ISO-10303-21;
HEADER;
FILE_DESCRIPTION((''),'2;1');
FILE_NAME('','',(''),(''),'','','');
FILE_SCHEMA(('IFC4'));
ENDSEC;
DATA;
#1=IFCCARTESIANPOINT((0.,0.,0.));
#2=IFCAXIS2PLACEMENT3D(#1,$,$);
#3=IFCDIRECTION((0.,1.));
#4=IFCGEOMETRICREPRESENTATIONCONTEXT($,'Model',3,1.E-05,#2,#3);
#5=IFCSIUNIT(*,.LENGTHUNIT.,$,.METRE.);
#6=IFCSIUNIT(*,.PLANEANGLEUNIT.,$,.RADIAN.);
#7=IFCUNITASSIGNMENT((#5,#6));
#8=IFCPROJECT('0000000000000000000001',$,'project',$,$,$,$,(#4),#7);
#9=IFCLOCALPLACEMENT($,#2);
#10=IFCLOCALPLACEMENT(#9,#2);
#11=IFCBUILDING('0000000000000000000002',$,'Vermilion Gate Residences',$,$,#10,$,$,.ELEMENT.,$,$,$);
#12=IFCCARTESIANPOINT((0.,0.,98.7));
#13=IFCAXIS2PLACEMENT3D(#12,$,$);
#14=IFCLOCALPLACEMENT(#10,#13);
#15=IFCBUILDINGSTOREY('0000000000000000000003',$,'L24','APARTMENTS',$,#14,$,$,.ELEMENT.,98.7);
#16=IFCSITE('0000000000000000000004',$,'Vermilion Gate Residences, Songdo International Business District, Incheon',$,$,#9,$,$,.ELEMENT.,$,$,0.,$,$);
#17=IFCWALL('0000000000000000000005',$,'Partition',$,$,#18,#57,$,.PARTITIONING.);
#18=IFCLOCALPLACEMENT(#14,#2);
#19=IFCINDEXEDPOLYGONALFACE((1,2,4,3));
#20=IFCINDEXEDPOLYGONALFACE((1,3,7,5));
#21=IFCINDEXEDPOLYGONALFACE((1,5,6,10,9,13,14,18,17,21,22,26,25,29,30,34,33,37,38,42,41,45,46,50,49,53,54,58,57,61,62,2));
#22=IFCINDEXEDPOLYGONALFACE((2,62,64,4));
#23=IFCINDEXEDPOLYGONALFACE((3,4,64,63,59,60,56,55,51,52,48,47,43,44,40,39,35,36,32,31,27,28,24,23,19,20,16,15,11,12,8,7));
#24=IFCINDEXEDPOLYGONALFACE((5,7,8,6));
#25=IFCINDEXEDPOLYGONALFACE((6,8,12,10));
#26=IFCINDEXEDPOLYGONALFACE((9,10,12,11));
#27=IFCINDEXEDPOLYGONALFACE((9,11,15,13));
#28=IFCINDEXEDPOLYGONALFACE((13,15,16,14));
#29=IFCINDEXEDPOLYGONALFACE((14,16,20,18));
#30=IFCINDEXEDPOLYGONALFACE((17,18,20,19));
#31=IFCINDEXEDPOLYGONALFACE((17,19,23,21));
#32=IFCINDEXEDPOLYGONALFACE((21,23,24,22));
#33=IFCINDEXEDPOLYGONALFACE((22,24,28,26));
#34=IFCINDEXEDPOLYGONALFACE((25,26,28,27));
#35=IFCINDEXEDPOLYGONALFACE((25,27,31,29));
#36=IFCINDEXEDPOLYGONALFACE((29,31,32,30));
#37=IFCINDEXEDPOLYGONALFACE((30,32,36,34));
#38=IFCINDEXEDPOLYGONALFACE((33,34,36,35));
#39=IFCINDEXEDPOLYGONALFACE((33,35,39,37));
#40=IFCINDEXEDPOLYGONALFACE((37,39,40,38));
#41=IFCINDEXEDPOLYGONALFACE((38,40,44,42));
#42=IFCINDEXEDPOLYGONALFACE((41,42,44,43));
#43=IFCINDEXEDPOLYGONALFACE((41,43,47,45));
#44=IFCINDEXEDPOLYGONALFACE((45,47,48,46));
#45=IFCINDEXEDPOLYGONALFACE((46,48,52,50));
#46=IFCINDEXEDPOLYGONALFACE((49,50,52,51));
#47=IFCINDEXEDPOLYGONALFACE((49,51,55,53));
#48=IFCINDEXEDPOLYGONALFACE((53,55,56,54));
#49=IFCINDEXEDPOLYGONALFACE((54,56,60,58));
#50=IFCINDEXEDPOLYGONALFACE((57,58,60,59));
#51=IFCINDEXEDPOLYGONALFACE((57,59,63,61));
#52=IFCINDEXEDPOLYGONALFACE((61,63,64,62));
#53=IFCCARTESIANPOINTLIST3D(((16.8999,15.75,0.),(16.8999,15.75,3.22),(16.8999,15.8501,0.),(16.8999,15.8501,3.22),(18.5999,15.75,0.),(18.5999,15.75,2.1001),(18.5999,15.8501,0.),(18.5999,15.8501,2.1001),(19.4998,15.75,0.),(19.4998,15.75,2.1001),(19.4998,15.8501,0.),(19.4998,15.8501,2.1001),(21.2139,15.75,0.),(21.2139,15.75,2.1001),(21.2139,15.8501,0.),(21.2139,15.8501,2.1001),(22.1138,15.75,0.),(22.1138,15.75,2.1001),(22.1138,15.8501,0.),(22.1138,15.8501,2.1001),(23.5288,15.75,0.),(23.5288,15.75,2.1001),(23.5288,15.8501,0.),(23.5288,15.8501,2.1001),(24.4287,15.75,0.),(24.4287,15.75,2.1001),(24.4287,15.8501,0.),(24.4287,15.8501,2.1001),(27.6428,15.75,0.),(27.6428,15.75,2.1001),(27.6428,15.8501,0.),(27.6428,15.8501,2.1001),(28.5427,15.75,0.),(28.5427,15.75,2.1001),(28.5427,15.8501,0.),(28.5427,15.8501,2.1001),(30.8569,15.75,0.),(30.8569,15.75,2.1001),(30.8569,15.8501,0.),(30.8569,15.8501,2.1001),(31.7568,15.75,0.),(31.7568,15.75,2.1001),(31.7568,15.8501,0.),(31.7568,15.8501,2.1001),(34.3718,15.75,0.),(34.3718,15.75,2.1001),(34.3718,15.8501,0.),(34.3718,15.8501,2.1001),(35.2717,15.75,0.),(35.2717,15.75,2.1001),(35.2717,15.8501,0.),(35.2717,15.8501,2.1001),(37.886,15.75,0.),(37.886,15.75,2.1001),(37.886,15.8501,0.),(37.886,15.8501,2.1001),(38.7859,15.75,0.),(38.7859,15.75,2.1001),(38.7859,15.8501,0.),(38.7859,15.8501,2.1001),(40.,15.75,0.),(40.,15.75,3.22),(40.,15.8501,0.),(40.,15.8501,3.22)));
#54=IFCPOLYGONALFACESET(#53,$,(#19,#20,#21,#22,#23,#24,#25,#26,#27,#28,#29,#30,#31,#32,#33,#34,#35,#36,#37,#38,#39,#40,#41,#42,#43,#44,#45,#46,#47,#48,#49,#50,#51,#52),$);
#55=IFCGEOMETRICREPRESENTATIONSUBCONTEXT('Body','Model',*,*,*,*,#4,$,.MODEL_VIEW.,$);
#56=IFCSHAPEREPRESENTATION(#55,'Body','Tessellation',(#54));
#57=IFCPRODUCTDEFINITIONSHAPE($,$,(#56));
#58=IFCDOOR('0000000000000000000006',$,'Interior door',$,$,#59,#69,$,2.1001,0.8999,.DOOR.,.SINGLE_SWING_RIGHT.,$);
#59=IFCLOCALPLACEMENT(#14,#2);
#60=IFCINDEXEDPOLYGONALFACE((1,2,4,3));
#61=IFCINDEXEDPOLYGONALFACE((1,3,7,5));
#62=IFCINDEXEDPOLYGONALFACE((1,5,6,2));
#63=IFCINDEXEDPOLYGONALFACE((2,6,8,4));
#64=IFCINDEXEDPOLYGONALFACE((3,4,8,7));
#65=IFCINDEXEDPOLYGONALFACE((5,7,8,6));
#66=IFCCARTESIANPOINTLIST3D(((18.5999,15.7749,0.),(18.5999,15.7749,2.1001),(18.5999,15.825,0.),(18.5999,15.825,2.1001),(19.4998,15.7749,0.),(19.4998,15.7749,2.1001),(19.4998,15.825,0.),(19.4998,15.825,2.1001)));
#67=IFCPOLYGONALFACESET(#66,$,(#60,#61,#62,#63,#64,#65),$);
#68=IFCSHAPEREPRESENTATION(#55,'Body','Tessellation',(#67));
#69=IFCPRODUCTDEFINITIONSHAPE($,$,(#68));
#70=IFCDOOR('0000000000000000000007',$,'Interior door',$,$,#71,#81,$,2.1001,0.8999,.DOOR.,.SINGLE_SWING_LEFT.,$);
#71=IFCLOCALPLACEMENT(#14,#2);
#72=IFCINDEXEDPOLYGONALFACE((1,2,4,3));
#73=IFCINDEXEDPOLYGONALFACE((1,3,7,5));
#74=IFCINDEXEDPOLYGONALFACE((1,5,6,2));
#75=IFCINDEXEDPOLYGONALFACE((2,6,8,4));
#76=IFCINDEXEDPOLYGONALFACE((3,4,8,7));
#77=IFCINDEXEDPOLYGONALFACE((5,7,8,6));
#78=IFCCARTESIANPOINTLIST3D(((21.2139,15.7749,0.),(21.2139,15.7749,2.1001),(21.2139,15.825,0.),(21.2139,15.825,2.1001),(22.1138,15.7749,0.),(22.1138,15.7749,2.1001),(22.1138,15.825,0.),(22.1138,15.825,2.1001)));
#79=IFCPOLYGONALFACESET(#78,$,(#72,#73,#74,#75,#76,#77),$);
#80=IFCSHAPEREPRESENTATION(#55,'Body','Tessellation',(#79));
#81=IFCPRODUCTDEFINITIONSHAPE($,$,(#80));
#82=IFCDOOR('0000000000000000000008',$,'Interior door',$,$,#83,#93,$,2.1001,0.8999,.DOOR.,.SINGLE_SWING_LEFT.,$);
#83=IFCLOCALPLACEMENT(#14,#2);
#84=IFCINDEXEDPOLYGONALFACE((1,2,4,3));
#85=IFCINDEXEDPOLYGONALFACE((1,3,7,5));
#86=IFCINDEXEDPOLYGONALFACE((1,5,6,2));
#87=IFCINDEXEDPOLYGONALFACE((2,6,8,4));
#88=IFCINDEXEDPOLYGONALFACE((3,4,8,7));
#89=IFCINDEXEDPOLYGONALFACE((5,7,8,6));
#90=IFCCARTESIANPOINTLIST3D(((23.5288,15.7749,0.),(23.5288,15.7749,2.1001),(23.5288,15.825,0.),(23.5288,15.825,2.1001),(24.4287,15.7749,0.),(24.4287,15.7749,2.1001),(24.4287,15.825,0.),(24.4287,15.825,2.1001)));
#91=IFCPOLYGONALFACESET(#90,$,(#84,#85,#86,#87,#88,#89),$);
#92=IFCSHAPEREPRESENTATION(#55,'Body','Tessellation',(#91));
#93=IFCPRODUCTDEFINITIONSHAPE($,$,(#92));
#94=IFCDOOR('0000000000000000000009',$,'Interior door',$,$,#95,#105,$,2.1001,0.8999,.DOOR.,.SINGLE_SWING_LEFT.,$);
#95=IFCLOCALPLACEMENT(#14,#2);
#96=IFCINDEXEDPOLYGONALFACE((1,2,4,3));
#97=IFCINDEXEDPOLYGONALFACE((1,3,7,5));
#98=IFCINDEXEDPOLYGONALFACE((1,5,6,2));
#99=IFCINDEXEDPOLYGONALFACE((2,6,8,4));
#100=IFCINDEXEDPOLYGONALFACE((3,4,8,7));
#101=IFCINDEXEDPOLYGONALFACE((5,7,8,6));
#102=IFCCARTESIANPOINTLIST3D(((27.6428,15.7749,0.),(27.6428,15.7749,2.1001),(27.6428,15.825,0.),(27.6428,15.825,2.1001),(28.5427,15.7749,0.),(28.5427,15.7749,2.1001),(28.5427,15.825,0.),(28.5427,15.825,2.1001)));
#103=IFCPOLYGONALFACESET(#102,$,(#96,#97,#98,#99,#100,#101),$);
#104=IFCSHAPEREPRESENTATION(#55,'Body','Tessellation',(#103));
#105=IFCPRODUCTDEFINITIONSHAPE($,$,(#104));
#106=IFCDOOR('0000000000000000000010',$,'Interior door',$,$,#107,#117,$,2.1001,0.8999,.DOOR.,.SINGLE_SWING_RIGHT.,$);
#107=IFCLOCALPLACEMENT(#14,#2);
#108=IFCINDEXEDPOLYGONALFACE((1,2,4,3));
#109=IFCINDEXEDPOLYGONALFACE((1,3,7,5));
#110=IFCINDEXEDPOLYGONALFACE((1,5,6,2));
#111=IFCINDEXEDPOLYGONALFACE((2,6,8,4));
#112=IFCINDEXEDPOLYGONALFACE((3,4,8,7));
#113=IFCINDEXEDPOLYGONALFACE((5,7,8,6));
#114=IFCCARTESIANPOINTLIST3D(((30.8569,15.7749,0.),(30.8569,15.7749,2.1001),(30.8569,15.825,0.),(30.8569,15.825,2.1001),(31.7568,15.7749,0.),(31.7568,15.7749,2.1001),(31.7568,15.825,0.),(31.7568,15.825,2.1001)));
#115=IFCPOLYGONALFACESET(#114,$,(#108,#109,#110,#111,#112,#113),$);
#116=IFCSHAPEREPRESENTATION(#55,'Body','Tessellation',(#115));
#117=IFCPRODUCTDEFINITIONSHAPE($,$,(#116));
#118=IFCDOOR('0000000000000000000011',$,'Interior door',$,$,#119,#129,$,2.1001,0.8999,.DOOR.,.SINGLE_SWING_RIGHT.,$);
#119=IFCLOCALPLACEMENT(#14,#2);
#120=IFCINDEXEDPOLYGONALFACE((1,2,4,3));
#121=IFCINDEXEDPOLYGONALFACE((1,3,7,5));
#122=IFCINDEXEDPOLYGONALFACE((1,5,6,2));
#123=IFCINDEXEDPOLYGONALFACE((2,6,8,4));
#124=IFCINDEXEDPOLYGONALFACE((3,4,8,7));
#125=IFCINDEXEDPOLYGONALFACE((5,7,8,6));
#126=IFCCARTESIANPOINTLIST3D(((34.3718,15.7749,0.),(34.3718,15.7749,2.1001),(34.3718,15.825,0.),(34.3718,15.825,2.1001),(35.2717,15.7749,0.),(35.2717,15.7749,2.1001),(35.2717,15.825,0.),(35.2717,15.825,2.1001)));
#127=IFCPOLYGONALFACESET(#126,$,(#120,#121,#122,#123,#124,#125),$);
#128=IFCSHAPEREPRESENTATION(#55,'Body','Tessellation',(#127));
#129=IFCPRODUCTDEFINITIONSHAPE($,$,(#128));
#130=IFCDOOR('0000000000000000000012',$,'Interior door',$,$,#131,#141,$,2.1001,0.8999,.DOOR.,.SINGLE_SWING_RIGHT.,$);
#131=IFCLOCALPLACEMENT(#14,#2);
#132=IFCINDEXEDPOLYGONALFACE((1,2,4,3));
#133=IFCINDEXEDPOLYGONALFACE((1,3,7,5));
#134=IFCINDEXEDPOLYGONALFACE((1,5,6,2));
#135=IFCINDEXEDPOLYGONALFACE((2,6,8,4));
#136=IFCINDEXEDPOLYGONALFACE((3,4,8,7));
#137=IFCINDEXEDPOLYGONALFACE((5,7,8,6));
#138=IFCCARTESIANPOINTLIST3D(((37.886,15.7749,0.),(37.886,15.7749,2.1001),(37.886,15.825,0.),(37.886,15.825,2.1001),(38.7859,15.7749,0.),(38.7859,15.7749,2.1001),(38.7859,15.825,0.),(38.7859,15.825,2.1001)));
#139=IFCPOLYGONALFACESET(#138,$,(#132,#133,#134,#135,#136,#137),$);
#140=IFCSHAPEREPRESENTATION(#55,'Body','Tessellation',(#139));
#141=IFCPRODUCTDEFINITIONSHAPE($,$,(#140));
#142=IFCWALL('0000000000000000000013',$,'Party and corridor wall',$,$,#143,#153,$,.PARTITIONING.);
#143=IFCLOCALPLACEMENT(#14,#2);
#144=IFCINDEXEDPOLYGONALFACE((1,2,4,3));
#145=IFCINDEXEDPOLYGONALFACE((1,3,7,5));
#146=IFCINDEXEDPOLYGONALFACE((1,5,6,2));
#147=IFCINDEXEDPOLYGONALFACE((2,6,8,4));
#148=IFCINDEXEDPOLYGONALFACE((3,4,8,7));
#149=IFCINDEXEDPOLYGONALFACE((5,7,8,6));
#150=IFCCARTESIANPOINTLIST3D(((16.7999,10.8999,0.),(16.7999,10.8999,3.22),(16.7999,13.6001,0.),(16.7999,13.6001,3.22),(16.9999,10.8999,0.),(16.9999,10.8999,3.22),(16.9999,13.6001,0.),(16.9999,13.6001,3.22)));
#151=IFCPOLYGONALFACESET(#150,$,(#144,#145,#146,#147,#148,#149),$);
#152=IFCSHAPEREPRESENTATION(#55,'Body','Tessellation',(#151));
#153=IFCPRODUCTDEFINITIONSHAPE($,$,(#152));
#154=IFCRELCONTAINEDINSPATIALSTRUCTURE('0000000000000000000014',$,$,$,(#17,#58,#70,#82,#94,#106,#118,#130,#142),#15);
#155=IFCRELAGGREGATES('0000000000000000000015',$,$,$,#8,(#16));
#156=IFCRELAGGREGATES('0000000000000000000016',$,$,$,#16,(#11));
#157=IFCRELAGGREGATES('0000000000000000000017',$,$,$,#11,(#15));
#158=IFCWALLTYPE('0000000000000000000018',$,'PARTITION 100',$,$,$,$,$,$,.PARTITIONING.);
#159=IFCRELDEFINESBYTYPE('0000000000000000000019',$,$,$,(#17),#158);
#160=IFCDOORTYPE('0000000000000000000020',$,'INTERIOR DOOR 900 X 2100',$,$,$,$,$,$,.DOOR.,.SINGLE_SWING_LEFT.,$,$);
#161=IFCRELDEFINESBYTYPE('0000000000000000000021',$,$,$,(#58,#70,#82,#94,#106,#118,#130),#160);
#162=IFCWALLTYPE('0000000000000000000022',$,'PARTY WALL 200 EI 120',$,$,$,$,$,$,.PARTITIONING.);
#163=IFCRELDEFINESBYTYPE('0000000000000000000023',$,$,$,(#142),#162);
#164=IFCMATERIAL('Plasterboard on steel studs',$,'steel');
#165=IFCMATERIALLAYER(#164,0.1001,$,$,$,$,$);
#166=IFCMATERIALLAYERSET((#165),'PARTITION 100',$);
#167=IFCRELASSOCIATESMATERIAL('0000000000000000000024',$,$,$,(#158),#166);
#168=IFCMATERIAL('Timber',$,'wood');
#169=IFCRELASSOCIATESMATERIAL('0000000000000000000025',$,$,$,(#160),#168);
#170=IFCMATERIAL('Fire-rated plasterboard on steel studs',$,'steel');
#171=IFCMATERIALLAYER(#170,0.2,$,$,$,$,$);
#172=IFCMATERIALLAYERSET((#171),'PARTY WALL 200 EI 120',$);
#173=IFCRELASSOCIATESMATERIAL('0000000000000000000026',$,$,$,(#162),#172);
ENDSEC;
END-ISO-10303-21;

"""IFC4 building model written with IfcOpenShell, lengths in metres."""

from ifc_helpers import new_model, si_unit, direction, frame, frame_2d, origin, place, context, subcontext, project, spatial, rectangle, extrude, material, layer, layer_set, type_object, element, fill, save


model = new_model("IFC4")

# Units and contexts
model_context = context("Model", 3, precision=1e-05, world=origin(), true_north=direction((0.0, 1.0)))
body_context = subcontext(model_context, "Body", "Model", "MODEL_VIEW")
ifc_project = project(units=[si_unit("LENGTHUNIT", "METRE"), si_unit("PLANEANGLEUNIT", "RADIAN")], contexts=[model_context])

# Site, building, storey
site_placement = place(None, origin())
site = spatial("IfcSite", under=ifc_project, at=site_placement, Name="Vermilion Gate Residences, Songdo International Business District, Incheon", CompositionType="ELEMENT", RefElevation=0.0)
building_placement = place(site_placement, origin())
building = spatial("IfcBuilding", under=site, at=building_placement, Name="Vermilion Gate Residences", CompositionType="ELEMENT")
storey_placement = place(building_placement, frame((0.0, 0.0, 98.7)))
storey = spatial("IfcBuildingStorey", under=building, at=storey_placement, Name="L24", Description="APARTMENTS", CompositionType="ELEMENT", Elevation=98.7)

# Wall, openings, doors
ifc_material_1 = material(Name="Plasterboard on steel studs", Category="steel")
ifc_layer_1 = layer(ifc_material_1, 0.1001)
ifc_layer_set_1 = layer_set([ifc_layer_1], Name="PARTITION 100")
wall_type_1 = type_object("IfcWallType", Name="PARTITION 100", PredefinedType="PARTITIONING", material=ifc_layer_set_1)
ifc_material_2 = material(Name="Timber", Category="wood")
door_type_1 = type_object("IfcDoorType", Name="INTERIOR DOOR 900 X 2100", OperationType="SINGLE_SWING_LEFT", PredefinedType="DOOR", material=ifc_material_2)
wall_1_placement = place(storey_placement, frame((16.8999, 15.8, 0.0), z_axis=(0.0, 0.0, 1.0), x_axis=(1.0, 0.0, 0.0)))
wall_1 = element("IfcWall", 1, at=wall_1_placement, inside=storey, type_object=wall_type_1, Name="Partition", PredefinedType="PARTITIONING", context=body_context, shape_type="SweptSolid", body=[
    extrude(rectangle(XDim=23.1001, YDim=0.1001, at=frame_2d((11.55, 0.0))), origin(), (0.0, 0.0, 1.0), 3.22),
])
opening_1_placement = place(wall_1_placement, frame((1.7, 0.0, 0.0)))
opening_1 = element("IfcOpeningElement", 2, at=opening_1_placement, cuts=wall_1, PredefinedType="OPENING", context=body_context, shape_type="SweptSolid", body=[
    extrude(rectangle(XDim=0.8999, YDim=2.1001, at=frame_2d((0.45, 1.05))), frame((0.0, 0.0601, 0.0), z_axis=(0.0, -1.0, 0.0), x_axis=(1.0, 0.0, 0.0)), (0.0, 0.0, 1.0), 0.1201),
])
opening_2_placement = place(wall_1_placement, frame((4.314, 0.0, 0.0)))
opening_2 = element("IfcOpeningElement", 3, at=opening_2_placement, cuts=wall_1, PredefinedType="OPENING", context=body_context, shape_type="SweptSolid", body=[
    extrude(rectangle(XDim=0.8999, YDim=2.1001, at=frame_2d((0.45, 1.05))), frame((0.0, 0.0601, 0.0), z_axis=(0.0, -1.0, 0.0), x_axis=(1.0, 0.0, 0.0)), (0.0, 0.0, 1.0), 0.1201),
])
opening_3_placement = place(wall_1_placement, frame((6.6289, 0.0, 0.0)))
opening_3 = element("IfcOpeningElement", 4, at=opening_3_placement, cuts=wall_1, PredefinedType="OPENING", context=body_context, shape_type="SweptSolid", body=[
    extrude(rectangle(XDim=0.8999, YDim=2.1001, at=frame_2d((0.45, 1.05))), frame((0.0, 0.0601, 0.0), z_axis=(0.0, -1.0, 0.0), x_axis=(1.0, 0.0, 0.0)), (0.0, 0.0, 1.0), 0.1201),
])
opening_4_placement = place(wall_1_placement, frame((10.7429, 0.0, 0.0)))
opening_4 = element("IfcOpeningElement", 5, at=opening_4_placement, cuts=wall_1, PredefinedType="OPENING", context=body_context, shape_type="SweptSolid", body=[
    extrude(rectangle(XDim=0.8999, YDim=2.1001, at=frame_2d((0.45, 1.05))), frame((0.0, 0.0601, 0.0), z_axis=(0.0, -1.0, 0.0), x_axis=(1.0, 0.0, 0.0)), (0.0, 0.0, 1.0), 0.1201),
])
opening_5_placement = place(wall_1_placement, frame((13.957, 0.0, 0.0)))
opening_5 = element("IfcOpeningElement", 6, at=opening_5_placement, cuts=wall_1, PredefinedType="OPENING", context=body_context, shape_type="SweptSolid", body=[
    extrude(rectangle(XDim=0.8999, YDim=2.1001, at=frame_2d((0.45, 1.05))), frame((0.0, 0.0601, 0.0), z_axis=(0.0, -1.0, 0.0), x_axis=(1.0, 0.0, 0.0)), (0.0, 0.0, 1.0), 0.1201),
])
opening_6_placement = place(wall_1_placement, frame((17.4719, 0.0, 0.0)))
opening_6 = element("IfcOpeningElement", 7, at=opening_6_placement, cuts=wall_1, PredefinedType="OPENING", context=body_context, shape_type="SweptSolid", body=[
    extrude(rectangle(XDim=0.8999, YDim=2.1001, at=frame_2d((0.45, 1.05))), frame((0.0, 0.0601, 0.0), z_axis=(0.0, -1.0, 0.0), x_axis=(1.0, 0.0, 0.0)), (0.0, 0.0, 1.0), 0.1201),
])
opening_7_placement = place(wall_1_placement, frame((20.9861, 0.0, 0.0)))
opening_7 = element("IfcOpeningElement", 8, at=opening_7_placement, cuts=wall_1, PredefinedType="OPENING", context=body_context, shape_type="SweptSolid", body=[
    extrude(rectangle(XDim=0.8999, YDim=2.1001, at=frame_2d((0.45, 1.05))), frame((0.0, 0.0601, 0.0), z_axis=(0.0, -1.0, 0.0), x_axis=(1.0, 0.0, 0.0)), (0.0, 0.0, 1.0), 0.1201),
])
door_1_placement = place(opening_1_placement, origin())
door_1 = element("IfcDoor", 9, at=door_1_placement, inside=storey, type_object=door_type_1, Name="Interior door", OperationType="SINGLE_SWING_RIGHT", OverallHeight=2.1001, OverallWidth=0.8999, PredefinedType="DOOR", context=body_context, shape_type="SweptSolid", body=[
    extrude(rectangle(XDim=0.8999, YDim=2.1001, at=frame_2d((0.45, 1.05))), frame((0.0, 0.0249, 0.0), z_axis=(0.0, -1.0, 0.0), x_axis=(1.0, 0.0, 0.0)), (0.0, 0.0, 1.0), 0.05),
])
fill(opening_1, door_1)
door_2_placement = place(opening_2_placement, origin())
door_2 = element("IfcDoor", 10, at=door_2_placement, inside=storey, type_object=door_type_1, Name="Interior door", OperationType="SINGLE_SWING_LEFT", OverallHeight=2.1001, OverallWidth=0.8999, PredefinedType="DOOR", context=body_context, shape_type="SweptSolid", body=[
    extrude(rectangle(XDim=0.8999, YDim=2.1001, at=frame_2d((0.45, 1.05))), frame((0.0, 0.0249, 0.0), z_axis=(0.0, -1.0, 0.0), x_axis=(1.0, 0.0, 0.0)), (0.0, 0.0, 1.0), 0.05),
])
fill(opening_2, door_2)
door_3_placement = place(opening_3_placement, origin())
door_3 = element("IfcDoor", 11, at=door_3_placement, inside=storey, type_object=door_type_1, Name="Interior door", OperationType="SINGLE_SWING_LEFT", OverallHeight=2.1001, OverallWidth=0.8999, PredefinedType="DOOR", context=body_context, shape_type="SweptSolid", body=[
    extrude(rectangle(XDim=0.8999, YDim=2.1001, at=frame_2d((0.45, 1.05))), frame((0.0, 0.0249, 0.0), z_axis=(0.0, -1.0, 0.0), x_axis=(1.0, 0.0, 0.0)), (0.0, 0.0, 1.0), 0.05),
])
fill(opening_3, door_3)
door_4_placement = place(opening_4_placement, origin())
door_4 = element("IfcDoor", 12, at=door_4_placement, inside=storey, type_object=door_type_1, Name="Interior door", OperationType="SINGLE_SWING_LEFT", OverallHeight=2.1001, OverallWidth=0.8999, PredefinedType="DOOR", context=body_context, shape_type="SweptSolid", body=[
    extrude(rectangle(XDim=0.8999, YDim=2.1001, at=frame_2d((0.45, 1.05))), frame((0.0, 0.0249, 0.0), z_axis=(0.0, -1.0, 0.0), x_axis=(1.0, 0.0, 0.0)), (0.0, 0.0, 1.0), 0.05),
])
fill(opening_4, door_4)
door_5_placement = place(opening_5_placement, origin())
door_5 = element("IfcDoor", 13, at=door_5_placement, inside=storey, type_object=door_type_1, Name="Interior door", OperationType="SINGLE_SWING_RIGHT", OverallHeight=2.1001, OverallWidth=0.8999, PredefinedType="DOOR", context=body_context, shape_type="SweptSolid", body=[
    extrude(rectangle(XDim=0.8999, YDim=2.1001, at=frame_2d((0.45, 1.05))), frame((0.0, 0.0249, 0.0), z_axis=(0.0, -1.0, 0.0), x_axis=(1.0, 0.0, 0.0)), (0.0, 0.0, 1.0), 0.05),
])
fill(opening_5, door_5)
door_6_placement = place(opening_6_placement, origin())
door_6 = element("IfcDoor", 14, at=door_6_placement, inside=storey, type_object=door_type_1, Name="Interior door", OperationType="SINGLE_SWING_RIGHT", OverallHeight=2.1001, OverallWidth=0.8999, PredefinedType="DOOR", context=body_context, shape_type="SweptSolid", body=[
    extrude(rectangle(XDim=0.8999, YDim=2.1001, at=frame_2d((0.45, 1.05))), frame((0.0, 0.0249, 0.0), z_axis=(0.0, -1.0, 0.0), x_axis=(1.0, 0.0, 0.0)), (0.0, 0.0, 1.0), 0.05),
])
fill(opening_6, door_6)
door_7_placement = place(opening_7_placement, origin())
door_7 = element("IfcDoor", 15, at=door_7_placement, inside=storey, type_object=door_type_1, Name="Interior door", OperationType="SINGLE_SWING_RIGHT", OverallHeight=2.1001, OverallWidth=0.8999, PredefinedType="DOOR", context=body_context, shape_type="SweptSolid", body=[
    extrude(rectangle(XDim=0.8999, YDim=2.1001, at=frame_2d((0.45, 1.05))), frame((0.0, 0.0249, 0.0), z_axis=(0.0, -1.0, 0.0), x_axis=(1.0, 0.0, 0.0)), (0.0, 0.0, 1.0), 0.05),
])
fill(opening_7, door_7)

# Wall
ifc_material_3 = material(Name="Fire-rated plasterboard on steel studs", Category="steel")
ifc_layer_2 = layer(ifc_material_3, 0.2)
ifc_layer_set_2 = layer_set([ifc_layer_2], Name="PARTY WALL 200 EI 120")
wall_type_2 = type_object("IfcWallType", Name="PARTY WALL 200 EI 120", PredefinedType="PARTITIONING", material=ifc_layer_set_2)
wall_2_placement = place(storey_placement, frame((16.8999, 10.8999, 0.0), z_axis=(0.0, 0.0, 1.0), x_axis=(0.0, 1.0, 0.0)))
element("IfcWall", 16, at=wall_2_placement, inside=storey, type_object=wall_type_2, Name="Party and corridor wall", PredefinedType="PARTITIONING", context=body_context, shape_type="SweptSolid", body=[
    extrude(rectangle(XDim=2.7002, YDim=0.2, at=frame_2d((1.3501, 0.0))), origin(), (0.0, 0.0, 1.0), 3.22),
])

save(model, "model.ifc")
